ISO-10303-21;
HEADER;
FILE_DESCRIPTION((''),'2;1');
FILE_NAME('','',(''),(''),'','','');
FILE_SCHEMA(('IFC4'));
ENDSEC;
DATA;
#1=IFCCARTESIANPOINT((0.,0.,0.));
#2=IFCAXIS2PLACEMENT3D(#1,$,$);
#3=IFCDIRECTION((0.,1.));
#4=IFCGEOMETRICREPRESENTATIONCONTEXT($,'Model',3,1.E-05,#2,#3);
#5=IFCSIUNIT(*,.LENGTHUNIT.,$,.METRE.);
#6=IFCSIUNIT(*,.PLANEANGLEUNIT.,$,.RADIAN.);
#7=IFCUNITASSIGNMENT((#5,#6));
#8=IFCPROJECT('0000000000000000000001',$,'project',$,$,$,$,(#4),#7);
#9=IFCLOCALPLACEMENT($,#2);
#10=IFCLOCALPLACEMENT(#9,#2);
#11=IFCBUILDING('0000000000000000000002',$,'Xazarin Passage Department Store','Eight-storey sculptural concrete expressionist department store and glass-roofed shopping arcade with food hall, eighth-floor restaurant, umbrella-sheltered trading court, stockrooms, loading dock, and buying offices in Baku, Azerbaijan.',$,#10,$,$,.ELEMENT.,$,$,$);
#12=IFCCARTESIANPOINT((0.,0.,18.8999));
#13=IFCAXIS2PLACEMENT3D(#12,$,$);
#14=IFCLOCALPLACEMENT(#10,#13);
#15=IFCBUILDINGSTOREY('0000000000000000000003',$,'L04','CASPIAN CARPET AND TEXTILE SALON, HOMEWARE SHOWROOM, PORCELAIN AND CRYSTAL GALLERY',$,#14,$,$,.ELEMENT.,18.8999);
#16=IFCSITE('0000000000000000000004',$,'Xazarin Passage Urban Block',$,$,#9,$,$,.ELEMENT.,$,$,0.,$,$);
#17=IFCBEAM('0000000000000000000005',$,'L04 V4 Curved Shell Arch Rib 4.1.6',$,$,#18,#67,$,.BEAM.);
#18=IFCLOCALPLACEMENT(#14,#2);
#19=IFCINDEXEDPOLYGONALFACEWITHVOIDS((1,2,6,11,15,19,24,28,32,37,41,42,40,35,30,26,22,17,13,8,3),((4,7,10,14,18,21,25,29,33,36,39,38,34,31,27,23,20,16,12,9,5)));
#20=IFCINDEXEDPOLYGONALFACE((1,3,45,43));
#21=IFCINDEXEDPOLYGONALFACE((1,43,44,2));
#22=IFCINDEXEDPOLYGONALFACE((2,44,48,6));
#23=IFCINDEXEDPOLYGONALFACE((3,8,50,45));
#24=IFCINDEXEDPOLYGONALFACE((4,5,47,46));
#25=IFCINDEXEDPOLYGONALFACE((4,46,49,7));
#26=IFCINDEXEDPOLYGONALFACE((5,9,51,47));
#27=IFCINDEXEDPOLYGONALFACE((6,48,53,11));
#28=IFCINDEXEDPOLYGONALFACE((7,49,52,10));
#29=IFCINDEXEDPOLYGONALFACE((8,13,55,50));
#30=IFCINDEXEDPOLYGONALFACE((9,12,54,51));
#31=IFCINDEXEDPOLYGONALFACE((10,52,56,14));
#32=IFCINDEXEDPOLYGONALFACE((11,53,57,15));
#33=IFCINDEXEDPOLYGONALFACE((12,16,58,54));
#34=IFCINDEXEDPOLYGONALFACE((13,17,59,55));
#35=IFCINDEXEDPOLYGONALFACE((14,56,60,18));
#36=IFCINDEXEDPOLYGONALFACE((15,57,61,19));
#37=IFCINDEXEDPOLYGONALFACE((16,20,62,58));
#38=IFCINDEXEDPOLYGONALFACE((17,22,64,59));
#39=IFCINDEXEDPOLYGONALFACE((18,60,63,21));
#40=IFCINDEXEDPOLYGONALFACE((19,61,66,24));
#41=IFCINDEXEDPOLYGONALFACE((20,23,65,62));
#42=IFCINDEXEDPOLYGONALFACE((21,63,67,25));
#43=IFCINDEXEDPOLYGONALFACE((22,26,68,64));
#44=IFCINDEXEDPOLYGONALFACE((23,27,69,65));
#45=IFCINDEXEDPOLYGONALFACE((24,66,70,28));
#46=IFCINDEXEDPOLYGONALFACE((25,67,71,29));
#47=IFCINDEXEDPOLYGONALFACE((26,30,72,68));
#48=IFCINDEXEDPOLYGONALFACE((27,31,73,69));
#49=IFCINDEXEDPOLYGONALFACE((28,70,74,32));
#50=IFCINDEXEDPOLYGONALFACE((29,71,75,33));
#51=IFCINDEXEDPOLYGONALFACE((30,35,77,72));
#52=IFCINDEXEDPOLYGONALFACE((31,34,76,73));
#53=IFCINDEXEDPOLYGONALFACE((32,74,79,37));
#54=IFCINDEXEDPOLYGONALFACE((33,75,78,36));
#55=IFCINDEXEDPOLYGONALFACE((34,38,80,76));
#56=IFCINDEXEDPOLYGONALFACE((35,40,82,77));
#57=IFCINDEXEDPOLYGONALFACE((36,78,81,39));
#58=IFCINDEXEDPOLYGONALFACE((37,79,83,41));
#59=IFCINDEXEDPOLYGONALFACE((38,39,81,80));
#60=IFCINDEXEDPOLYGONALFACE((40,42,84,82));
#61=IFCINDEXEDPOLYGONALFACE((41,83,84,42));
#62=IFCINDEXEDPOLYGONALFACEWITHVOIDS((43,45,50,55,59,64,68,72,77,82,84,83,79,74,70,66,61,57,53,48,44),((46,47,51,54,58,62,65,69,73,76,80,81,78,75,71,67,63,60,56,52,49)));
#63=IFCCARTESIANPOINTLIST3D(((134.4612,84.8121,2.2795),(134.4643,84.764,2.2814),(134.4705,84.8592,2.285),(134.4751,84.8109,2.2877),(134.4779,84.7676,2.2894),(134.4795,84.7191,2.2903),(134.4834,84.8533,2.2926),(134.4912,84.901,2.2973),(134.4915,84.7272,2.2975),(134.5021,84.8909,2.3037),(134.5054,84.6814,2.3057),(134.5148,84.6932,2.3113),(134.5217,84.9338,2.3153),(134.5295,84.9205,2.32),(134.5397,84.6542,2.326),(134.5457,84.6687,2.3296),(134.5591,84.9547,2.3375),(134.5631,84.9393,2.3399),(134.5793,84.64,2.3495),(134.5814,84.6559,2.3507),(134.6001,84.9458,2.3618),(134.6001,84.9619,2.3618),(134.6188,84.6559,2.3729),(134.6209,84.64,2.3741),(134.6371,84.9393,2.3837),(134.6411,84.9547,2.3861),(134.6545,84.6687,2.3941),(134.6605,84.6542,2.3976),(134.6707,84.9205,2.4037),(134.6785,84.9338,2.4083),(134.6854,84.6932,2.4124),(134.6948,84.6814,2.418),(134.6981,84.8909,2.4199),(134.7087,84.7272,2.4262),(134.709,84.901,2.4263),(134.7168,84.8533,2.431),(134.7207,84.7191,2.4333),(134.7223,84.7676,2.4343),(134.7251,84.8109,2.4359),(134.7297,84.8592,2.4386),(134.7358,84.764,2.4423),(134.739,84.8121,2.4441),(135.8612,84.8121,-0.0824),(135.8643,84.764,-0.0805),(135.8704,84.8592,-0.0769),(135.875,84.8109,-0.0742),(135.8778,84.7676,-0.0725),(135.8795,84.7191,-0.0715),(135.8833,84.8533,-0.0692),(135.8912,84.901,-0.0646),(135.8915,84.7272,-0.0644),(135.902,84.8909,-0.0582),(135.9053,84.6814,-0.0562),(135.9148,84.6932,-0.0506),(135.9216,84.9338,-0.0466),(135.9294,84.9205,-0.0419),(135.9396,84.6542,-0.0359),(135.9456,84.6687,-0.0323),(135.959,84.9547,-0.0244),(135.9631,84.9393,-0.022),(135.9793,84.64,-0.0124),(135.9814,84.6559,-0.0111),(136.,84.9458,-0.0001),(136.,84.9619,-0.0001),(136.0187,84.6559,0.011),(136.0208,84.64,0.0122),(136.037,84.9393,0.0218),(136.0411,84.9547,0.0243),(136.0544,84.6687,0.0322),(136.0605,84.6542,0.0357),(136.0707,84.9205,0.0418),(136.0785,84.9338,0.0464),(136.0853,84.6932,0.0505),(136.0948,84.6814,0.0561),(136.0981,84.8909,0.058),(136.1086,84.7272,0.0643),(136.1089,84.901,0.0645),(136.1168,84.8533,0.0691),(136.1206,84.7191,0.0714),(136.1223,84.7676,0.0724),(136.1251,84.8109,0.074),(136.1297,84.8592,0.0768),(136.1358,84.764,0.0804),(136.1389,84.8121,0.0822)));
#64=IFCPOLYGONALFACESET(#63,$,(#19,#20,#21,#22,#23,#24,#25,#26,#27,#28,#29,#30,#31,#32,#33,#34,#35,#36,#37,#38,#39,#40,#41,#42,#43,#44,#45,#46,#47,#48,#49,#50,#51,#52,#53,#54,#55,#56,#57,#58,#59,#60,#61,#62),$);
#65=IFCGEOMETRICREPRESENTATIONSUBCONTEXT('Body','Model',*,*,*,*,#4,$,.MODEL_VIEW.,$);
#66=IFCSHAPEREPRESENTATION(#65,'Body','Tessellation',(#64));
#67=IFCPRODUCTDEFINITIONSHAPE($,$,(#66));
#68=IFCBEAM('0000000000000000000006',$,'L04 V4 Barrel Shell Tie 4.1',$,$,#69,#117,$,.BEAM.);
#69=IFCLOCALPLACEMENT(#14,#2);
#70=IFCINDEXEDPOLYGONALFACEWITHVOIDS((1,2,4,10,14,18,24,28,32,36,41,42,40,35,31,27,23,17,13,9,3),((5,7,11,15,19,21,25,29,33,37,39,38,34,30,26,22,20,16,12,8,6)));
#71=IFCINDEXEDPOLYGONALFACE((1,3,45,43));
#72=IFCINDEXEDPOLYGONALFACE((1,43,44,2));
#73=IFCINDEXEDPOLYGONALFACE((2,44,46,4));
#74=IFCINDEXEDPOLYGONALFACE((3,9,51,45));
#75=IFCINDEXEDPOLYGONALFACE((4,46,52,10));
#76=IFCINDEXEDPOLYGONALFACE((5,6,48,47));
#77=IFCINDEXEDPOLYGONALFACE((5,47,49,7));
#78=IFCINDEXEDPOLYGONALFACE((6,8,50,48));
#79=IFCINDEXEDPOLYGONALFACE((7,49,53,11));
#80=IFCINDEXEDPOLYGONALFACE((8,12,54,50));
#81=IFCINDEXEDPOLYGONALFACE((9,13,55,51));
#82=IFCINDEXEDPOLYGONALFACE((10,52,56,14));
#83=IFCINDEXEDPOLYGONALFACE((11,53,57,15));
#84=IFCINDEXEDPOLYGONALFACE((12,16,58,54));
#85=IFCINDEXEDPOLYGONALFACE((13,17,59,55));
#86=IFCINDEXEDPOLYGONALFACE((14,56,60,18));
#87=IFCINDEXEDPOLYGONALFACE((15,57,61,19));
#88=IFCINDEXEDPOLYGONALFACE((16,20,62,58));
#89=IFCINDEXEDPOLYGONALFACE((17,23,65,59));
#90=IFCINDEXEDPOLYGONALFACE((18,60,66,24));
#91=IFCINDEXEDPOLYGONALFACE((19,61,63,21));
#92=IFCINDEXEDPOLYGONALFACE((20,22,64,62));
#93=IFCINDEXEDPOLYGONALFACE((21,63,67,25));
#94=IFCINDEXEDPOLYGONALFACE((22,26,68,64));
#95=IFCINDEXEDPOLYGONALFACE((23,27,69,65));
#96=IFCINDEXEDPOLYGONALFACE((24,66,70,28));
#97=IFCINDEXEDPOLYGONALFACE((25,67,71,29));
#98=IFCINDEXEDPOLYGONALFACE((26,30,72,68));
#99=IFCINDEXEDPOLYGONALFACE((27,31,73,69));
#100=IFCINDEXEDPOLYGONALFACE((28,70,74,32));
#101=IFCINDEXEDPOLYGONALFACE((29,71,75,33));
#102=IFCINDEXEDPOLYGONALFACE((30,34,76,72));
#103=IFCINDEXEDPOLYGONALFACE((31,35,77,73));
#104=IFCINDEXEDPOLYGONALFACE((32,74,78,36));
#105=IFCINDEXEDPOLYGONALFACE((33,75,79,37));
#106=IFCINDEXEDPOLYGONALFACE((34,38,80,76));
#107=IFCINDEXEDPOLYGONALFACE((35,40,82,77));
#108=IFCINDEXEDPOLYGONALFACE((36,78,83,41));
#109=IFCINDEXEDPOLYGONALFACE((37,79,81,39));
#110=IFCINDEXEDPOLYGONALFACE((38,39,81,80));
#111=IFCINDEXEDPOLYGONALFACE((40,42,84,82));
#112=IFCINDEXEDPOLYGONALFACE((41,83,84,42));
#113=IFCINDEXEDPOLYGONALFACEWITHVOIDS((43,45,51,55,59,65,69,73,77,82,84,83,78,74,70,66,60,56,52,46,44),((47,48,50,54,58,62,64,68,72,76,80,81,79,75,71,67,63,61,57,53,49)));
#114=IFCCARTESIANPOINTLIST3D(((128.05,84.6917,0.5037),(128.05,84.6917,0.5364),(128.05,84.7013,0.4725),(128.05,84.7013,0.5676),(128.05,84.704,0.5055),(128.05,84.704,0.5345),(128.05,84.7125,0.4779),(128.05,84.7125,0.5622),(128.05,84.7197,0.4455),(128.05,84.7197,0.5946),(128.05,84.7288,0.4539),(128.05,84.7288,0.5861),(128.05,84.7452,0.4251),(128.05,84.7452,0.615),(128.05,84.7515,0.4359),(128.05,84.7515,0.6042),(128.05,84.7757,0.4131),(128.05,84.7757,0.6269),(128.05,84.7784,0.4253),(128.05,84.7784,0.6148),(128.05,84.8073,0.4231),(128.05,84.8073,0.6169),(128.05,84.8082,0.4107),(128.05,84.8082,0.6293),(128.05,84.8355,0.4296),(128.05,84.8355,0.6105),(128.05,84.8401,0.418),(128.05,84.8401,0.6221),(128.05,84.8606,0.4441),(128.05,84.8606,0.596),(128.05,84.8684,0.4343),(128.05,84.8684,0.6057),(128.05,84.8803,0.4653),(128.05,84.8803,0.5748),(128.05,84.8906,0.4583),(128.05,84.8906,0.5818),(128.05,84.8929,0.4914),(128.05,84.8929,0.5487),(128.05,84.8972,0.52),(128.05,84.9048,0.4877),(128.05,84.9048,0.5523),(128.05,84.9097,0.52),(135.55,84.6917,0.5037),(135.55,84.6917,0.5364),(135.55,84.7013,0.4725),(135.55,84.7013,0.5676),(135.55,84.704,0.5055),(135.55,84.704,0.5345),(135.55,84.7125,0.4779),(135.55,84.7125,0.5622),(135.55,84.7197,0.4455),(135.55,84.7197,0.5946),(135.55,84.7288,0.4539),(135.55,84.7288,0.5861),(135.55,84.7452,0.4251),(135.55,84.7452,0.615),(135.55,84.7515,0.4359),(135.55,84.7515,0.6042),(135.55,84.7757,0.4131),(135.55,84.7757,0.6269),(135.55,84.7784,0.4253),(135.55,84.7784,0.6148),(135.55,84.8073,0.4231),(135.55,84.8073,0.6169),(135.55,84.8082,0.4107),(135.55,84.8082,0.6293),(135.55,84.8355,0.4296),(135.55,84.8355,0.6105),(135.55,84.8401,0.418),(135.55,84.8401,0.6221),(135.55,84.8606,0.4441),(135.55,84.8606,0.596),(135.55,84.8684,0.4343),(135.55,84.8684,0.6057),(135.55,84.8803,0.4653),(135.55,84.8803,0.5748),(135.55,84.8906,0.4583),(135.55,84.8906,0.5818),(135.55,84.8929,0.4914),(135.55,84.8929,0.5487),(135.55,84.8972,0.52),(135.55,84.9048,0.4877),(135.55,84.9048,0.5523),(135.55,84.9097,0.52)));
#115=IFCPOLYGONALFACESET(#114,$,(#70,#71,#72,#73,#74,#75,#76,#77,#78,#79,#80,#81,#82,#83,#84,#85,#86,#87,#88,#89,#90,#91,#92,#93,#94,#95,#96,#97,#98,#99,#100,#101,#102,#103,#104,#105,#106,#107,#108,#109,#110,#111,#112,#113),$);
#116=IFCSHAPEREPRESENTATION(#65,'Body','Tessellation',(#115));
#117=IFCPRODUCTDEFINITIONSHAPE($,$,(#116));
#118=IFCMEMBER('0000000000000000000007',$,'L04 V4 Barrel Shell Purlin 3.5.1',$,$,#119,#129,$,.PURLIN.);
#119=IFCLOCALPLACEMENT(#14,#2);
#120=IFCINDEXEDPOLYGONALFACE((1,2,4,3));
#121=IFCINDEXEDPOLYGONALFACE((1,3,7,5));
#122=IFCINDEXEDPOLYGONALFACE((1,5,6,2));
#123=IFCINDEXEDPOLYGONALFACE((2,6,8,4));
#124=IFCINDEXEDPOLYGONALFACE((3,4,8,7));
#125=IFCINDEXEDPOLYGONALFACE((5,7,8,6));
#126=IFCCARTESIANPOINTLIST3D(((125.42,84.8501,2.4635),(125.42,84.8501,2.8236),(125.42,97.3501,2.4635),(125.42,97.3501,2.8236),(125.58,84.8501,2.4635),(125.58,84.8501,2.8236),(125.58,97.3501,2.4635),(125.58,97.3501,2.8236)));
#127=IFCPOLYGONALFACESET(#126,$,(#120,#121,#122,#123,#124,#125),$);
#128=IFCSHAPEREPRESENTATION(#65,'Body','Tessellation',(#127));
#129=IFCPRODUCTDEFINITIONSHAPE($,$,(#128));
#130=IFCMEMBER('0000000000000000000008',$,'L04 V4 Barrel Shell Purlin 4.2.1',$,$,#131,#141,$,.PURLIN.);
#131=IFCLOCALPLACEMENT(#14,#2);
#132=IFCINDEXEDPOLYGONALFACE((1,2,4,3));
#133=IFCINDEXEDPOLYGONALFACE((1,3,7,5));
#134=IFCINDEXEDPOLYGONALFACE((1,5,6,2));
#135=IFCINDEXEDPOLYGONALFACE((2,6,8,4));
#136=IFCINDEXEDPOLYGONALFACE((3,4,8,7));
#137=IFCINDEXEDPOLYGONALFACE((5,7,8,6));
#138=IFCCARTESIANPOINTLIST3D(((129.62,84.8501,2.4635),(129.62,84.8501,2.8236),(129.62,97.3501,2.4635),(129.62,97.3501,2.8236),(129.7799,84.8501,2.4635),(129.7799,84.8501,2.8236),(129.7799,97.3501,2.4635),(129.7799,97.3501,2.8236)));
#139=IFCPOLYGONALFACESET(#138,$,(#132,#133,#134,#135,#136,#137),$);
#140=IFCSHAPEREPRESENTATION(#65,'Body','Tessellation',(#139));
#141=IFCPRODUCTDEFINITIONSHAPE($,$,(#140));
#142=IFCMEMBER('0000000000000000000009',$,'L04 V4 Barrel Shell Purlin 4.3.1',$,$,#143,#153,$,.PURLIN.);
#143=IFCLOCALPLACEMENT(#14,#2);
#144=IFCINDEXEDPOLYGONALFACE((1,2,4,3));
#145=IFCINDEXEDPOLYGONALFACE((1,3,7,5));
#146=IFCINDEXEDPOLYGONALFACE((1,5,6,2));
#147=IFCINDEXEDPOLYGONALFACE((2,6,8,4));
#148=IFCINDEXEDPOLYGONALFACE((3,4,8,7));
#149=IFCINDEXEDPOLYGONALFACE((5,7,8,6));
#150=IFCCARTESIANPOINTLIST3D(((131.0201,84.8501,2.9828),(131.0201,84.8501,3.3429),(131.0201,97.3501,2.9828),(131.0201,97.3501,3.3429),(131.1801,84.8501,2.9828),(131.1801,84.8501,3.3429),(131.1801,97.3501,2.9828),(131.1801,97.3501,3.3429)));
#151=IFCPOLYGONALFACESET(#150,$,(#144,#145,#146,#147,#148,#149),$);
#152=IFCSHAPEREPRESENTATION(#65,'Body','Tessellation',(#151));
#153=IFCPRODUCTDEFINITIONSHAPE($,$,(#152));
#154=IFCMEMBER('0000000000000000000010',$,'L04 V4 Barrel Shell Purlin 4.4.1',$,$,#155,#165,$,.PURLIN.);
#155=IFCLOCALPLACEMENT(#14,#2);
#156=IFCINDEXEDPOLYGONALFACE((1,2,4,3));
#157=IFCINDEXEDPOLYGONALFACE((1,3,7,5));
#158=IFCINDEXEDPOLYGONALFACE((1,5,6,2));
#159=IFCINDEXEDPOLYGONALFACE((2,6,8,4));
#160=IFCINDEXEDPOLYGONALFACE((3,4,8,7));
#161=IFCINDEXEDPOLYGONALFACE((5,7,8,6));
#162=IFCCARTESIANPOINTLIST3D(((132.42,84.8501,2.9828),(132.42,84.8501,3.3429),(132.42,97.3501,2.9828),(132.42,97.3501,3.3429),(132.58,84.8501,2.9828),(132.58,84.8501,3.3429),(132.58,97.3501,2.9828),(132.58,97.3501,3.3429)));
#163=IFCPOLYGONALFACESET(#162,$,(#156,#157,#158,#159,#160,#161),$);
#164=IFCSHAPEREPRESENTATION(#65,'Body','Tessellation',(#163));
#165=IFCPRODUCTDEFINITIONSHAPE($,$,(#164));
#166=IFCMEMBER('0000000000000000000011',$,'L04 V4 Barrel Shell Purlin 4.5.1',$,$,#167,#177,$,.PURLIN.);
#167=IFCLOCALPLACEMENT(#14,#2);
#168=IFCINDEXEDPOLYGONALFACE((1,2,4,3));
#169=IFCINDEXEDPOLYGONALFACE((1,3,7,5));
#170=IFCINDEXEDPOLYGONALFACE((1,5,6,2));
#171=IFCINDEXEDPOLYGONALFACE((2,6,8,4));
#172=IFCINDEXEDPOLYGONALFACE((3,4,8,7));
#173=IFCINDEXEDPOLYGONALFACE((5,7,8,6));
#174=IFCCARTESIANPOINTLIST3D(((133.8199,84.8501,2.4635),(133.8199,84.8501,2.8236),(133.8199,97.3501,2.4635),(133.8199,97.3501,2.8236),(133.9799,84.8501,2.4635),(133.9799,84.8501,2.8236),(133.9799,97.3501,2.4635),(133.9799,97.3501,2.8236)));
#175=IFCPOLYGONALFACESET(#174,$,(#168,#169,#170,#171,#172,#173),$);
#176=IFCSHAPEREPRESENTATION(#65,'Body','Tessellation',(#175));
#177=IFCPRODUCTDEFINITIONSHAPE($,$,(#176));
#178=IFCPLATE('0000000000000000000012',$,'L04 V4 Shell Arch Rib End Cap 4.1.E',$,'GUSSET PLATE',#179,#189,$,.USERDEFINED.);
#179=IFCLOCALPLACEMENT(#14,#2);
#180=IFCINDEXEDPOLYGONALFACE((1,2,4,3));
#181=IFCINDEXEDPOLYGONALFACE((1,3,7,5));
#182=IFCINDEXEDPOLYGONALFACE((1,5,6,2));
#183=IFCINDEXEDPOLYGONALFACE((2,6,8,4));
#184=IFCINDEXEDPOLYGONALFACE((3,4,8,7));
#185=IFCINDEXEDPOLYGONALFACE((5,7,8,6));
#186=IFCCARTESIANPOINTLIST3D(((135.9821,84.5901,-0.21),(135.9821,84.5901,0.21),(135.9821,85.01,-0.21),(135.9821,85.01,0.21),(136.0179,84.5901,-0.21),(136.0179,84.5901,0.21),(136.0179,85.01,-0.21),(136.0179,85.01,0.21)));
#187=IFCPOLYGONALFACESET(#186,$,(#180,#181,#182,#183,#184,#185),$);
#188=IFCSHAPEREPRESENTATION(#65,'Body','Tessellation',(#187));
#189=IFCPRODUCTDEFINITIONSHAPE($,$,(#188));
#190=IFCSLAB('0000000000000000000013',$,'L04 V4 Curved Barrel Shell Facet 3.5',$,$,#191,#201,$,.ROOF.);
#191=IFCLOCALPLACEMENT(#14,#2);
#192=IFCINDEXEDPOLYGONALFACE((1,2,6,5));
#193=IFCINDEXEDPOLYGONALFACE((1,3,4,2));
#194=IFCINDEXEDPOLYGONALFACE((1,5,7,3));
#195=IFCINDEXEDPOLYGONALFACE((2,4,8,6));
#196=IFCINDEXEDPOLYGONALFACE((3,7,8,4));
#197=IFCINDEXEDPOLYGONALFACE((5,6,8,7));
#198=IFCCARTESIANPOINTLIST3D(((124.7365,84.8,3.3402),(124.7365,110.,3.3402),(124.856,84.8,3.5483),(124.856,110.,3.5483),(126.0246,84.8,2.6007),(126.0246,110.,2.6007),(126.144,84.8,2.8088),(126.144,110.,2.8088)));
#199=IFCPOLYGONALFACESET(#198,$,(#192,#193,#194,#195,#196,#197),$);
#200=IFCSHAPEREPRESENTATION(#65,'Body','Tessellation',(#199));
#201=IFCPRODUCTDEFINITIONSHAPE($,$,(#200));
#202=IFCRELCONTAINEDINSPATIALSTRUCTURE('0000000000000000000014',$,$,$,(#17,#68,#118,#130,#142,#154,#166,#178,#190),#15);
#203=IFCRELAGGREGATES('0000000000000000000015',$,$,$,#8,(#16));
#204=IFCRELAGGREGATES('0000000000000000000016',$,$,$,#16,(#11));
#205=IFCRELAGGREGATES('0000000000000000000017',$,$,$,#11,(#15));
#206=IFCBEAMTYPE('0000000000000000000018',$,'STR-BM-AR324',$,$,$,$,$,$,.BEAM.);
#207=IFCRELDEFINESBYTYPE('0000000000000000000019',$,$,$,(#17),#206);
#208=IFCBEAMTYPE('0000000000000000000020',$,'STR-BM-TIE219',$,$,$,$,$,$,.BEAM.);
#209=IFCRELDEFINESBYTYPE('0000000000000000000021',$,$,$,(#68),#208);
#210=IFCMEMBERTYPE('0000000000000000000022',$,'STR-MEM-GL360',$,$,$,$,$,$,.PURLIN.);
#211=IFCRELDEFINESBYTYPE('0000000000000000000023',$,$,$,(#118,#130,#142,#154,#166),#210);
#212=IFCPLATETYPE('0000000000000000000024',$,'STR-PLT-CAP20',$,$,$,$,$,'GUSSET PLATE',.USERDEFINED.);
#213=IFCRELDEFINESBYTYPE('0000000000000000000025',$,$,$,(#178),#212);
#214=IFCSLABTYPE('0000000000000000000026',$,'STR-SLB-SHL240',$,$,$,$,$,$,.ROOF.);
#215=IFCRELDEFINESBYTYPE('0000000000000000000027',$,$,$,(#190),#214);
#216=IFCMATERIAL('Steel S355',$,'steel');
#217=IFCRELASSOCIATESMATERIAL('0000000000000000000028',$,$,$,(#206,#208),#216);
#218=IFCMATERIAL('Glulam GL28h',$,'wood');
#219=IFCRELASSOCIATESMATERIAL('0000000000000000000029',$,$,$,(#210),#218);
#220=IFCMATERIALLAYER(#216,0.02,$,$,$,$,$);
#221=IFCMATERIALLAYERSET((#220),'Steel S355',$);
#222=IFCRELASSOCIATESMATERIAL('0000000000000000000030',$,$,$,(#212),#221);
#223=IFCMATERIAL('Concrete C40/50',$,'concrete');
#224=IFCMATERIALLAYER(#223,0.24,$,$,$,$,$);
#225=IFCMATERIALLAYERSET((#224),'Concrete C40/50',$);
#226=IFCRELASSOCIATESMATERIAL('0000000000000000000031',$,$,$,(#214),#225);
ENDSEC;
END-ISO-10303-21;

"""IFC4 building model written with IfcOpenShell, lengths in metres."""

from ifc_helpers import new_model, si_unit, direction, frame, origin, origin_2d, place, context, subcontext, project, spatial, polyline, rectangle, hollow_circle, outline, extrude, material, layer, layer_set, material_profile, profile_set, type_object, element, save


model = new_model("IFC4")

# Units and contexts
model_context = context("Model", 3, precision=1e-05, world=origin(), true_north=direction((0.0, 1.0)))
body_context = subcontext(model_context, "Body", "Model", "MODEL_VIEW")
ifc_project = project(units=[si_unit("LENGTHUNIT", "METRE"), si_unit("PLANEANGLEUNIT", "RADIAN")], contexts=[model_context])

# Site, building, storey
site_placement = place(None, origin())
site = spatial("IfcSite", under=ifc_project, at=site_placement, Name="Xazarin Passage Urban Block", CompositionType="ELEMENT", RefElevation=0.0)
building_placement = place(site_placement, origin())
building = spatial("IfcBuilding", under=site, at=building_placement, Name="Xazarin Passage Department Store", Description="Eight-storey sculptural concrete expressionist department store and glass-roofed shopping arcade with food hall, eighth-floor restaurant, umbrella-sheltered trading court, stockrooms, loading dock, and buying offices in Baku, Azerbaijan.", CompositionType="ELEMENT")
storey_placement = place(building_placement, frame((0.0, 0.0, 18.8999)))
storey = spatial("IfcBuildingStorey", under=building, at=storey_placement, Name="L04", Description="CASPIAN CARPET AND TEXTILE SALON, HOMEWARE SHOWROOM, PORCELAIN AND CRYSTAL GALLERY", CompositionType="ELEMENT", Elevation=18.8999)

# Beams
ifc_material_1 = material(Name="Steel S355", Category="steel")
ifc_material_profile_1 = material_profile(ifc_material_1, hollow_circle(Radius=0.1619, WallThickness=0.0161, at=origin_2d()), Name="CHS 323.9x16")
ifc_profile_set_1 = profile_set([ifc_material_profile_1], Name="Steel S355")
beam_type_1 = type_object("IfcBeamType", Name="STR-BM-AR324", PredefinedType="BEAM", material=ifc_profile_set_1)
beam_1_placement = place(storey_placement, frame((134.6001, 84.8, 2.3618), z_axis=(0.509885, 0.0, -0.860242), x_axis=(0.0, 1.0, 0.0)))
element("IfcBeam", 1, at=beam_1_placement, inside=storey, type_object=beam_type_1, Name="L04 V4 Curved Shell Arch Rib 4.1.6", PredefinedType="BEAM", context=body_context, shape_type="SweptSolid", body=[
    extrude(hollow_circle(Radius=0.1619, WallThickness=0.0161, at=origin_2d()), origin(), (0.0, 0.0, 1.0), 2.7456),
])
ifc_material_profile_2 = material_profile(ifc_material_1, hollow_circle(Radius=0.1096, WallThickness=0.0125, at=origin_2d()), Name="CHS 219.1x12.5")
ifc_profile_set_2 = profile_set([ifc_material_profile_2], Name="Steel S355")
beam_type_2 = type_object("IfcBeamType", Name="STR-BM-TIE219", PredefinedType="BEAM", material=ifc_profile_set_2)
beam_2_placement = place(storey_placement, frame((128.05, 84.8, 0.52), z_axis=(1.0, 0.0, 0.0), x_axis=(0.0, 1.0, 0.0)))
element("IfcBeam", 2, at=beam_2_placement, inside=storey, type_object=beam_type_2, Name="L04 V4 Barrel Shell Tie 4.1", PredefinedType="BEAM", context=body_context, shape_type="SweptSolid", body=[
    extrude(hollow_circle(Radius=0.1096, WallThickness=0.0125, at=origin_2d()), origin(), (0.0, 0.0, 1.0), 7.5),
])

# Members
ifc_material_2 = material(Name="Glulam GL28h", Category="wood")
ifc_material_profile_3 = material_profile(ifc_material_2, rectangle(XDim=0.1599, YDim=0.3601, at=origin_2d()), Name="GL28h 160x360")
ifc_profile_set_3 = profile_set([ifc_material_profile_3], Name="Glulam GL28h")
member_type = type_object("IfcMemberType", Name="STR-MEM-GL360", PredefinedType="PURLIN", material=ifc_profile_set_3)
for number, where, z_axis, x_axis, name in (
    (3, (125.5, 84.8501, 2.6436), (0.0, 1.0, 0.0), (-1.0, 0.0, 0.0), "L04 V4 Barrel Shell Purlin 3.5.1"),
    (4, (129.7, 84.8501, 2.6436), (0.0, 1.0, 0.0), (-1.0, 0.0, 0.0), "L04 V4 Barrel Shell Purlin 4.2.1"),
    (5, (131.1001, 84.8501, 3.1628), (0.0, 1.0, 0.0), (-1.0, 0.0, 0.0), "L04 V4 Barrel Shell Purlin 4.3.1"),
    (6, (132.5, 84.8501, 3.1628), (0.0, 1.0, 0.0), (-1.0, 0.0, 0.0), "L04 V4 Barrel Shell Purlin 4.4.1"),
    (7, (133.8999, 84.8501, 2.6436), (0.0, 1.0, 0.0), (-1.0, 0.0, 0.0), "L04 V4 Barrel Shell Purlin 4.5.1"),
):
    element("IfcMember", number, at=place(storey_placement, frame(where, z_axis=z_axis, x_axis=x_axis)), inside=storey, type_object=member_type, Name=name, PredefinedType="PURLIN", context=body_context, shape_type="SweptSolid", body=[
        extrude(rectangle(XDim=0.1599, YDim=0.3601, at=origin_2d()), origin(), (0.0, 0.0, 1.0), 12.5),
    ])

# Plate
ifc_layer_1 = layer(ifc_material_1, 0.02)
ifc_layer_set_1 = layer_set([ifc_layer_1], Name="Steel S355")
plate_type = type_object("IfcPlateType", Name="STR-PLT-CAP20", ElementType="GUSSET PLATE", PredefinedType="USERDEFINED", material=ifc_layer_set_1)
plate_placement = place(storey_placement, frame((136.0, 84.8, -0.21), z_axis=(0.0, 0.0, 1.0), x_axis=(1.0, 0.0, 0.0)))
element("IfcPlate", 8, at=plate_placement, inside=storey, type_object=plate_type, Name="L04 V4 Shell Arch Rib End Cap 4.1.E", ObjectType="GUSSET PLATE", PredefinedType="USERDEFINED", context=body_context, shape_type="SweptSolid", body=[
    extrude(rectangle(XDim=0.0359, YDim=0.4199, at=origin_2d()), origin(), (0.0, 0.0, 1.0), 0.4199),
])

# Slab
ifc_material_3 = material(Name="Concrete C40/50", Category="concrete")
ifc_layer_2 = layer(ifc_material_3, 0.24)
ifc_layer_set_2 = layer_set([ifc_layer_2], Name="Concrete C40/50")
slab_type = type_object("IfcSlabType", Name="STR-SLB-SHL240", PredefinedType="ROOF", material=ifc_layer_set_2)
slab_1_placement = place(storey_placement, frame((124.856, 84.8, 3.5483), z_axis=(0.49789, 0.0, 0.86724), x_axis=(0.86724, 0.0, -0.49789)))
element("IfcSlab", 9, at=slab_1_placement, inside=storey, type_object=slab_type, Name="L04 V4 Curved Barrel Shell Facet 3.5", PredefinedType="ROOF", context=body_context, shape_type="SweptSolid", body=[
    extrude(outline(polyline([(0.0, 0.0), (1.4853, 0.0), (1.4853, 25.2), (0.0, 25.2), (0.0, 0.0)])), origin(), (0.0, 0.0, -1.0), 0.24),
])

save(model, "model.ifc")
